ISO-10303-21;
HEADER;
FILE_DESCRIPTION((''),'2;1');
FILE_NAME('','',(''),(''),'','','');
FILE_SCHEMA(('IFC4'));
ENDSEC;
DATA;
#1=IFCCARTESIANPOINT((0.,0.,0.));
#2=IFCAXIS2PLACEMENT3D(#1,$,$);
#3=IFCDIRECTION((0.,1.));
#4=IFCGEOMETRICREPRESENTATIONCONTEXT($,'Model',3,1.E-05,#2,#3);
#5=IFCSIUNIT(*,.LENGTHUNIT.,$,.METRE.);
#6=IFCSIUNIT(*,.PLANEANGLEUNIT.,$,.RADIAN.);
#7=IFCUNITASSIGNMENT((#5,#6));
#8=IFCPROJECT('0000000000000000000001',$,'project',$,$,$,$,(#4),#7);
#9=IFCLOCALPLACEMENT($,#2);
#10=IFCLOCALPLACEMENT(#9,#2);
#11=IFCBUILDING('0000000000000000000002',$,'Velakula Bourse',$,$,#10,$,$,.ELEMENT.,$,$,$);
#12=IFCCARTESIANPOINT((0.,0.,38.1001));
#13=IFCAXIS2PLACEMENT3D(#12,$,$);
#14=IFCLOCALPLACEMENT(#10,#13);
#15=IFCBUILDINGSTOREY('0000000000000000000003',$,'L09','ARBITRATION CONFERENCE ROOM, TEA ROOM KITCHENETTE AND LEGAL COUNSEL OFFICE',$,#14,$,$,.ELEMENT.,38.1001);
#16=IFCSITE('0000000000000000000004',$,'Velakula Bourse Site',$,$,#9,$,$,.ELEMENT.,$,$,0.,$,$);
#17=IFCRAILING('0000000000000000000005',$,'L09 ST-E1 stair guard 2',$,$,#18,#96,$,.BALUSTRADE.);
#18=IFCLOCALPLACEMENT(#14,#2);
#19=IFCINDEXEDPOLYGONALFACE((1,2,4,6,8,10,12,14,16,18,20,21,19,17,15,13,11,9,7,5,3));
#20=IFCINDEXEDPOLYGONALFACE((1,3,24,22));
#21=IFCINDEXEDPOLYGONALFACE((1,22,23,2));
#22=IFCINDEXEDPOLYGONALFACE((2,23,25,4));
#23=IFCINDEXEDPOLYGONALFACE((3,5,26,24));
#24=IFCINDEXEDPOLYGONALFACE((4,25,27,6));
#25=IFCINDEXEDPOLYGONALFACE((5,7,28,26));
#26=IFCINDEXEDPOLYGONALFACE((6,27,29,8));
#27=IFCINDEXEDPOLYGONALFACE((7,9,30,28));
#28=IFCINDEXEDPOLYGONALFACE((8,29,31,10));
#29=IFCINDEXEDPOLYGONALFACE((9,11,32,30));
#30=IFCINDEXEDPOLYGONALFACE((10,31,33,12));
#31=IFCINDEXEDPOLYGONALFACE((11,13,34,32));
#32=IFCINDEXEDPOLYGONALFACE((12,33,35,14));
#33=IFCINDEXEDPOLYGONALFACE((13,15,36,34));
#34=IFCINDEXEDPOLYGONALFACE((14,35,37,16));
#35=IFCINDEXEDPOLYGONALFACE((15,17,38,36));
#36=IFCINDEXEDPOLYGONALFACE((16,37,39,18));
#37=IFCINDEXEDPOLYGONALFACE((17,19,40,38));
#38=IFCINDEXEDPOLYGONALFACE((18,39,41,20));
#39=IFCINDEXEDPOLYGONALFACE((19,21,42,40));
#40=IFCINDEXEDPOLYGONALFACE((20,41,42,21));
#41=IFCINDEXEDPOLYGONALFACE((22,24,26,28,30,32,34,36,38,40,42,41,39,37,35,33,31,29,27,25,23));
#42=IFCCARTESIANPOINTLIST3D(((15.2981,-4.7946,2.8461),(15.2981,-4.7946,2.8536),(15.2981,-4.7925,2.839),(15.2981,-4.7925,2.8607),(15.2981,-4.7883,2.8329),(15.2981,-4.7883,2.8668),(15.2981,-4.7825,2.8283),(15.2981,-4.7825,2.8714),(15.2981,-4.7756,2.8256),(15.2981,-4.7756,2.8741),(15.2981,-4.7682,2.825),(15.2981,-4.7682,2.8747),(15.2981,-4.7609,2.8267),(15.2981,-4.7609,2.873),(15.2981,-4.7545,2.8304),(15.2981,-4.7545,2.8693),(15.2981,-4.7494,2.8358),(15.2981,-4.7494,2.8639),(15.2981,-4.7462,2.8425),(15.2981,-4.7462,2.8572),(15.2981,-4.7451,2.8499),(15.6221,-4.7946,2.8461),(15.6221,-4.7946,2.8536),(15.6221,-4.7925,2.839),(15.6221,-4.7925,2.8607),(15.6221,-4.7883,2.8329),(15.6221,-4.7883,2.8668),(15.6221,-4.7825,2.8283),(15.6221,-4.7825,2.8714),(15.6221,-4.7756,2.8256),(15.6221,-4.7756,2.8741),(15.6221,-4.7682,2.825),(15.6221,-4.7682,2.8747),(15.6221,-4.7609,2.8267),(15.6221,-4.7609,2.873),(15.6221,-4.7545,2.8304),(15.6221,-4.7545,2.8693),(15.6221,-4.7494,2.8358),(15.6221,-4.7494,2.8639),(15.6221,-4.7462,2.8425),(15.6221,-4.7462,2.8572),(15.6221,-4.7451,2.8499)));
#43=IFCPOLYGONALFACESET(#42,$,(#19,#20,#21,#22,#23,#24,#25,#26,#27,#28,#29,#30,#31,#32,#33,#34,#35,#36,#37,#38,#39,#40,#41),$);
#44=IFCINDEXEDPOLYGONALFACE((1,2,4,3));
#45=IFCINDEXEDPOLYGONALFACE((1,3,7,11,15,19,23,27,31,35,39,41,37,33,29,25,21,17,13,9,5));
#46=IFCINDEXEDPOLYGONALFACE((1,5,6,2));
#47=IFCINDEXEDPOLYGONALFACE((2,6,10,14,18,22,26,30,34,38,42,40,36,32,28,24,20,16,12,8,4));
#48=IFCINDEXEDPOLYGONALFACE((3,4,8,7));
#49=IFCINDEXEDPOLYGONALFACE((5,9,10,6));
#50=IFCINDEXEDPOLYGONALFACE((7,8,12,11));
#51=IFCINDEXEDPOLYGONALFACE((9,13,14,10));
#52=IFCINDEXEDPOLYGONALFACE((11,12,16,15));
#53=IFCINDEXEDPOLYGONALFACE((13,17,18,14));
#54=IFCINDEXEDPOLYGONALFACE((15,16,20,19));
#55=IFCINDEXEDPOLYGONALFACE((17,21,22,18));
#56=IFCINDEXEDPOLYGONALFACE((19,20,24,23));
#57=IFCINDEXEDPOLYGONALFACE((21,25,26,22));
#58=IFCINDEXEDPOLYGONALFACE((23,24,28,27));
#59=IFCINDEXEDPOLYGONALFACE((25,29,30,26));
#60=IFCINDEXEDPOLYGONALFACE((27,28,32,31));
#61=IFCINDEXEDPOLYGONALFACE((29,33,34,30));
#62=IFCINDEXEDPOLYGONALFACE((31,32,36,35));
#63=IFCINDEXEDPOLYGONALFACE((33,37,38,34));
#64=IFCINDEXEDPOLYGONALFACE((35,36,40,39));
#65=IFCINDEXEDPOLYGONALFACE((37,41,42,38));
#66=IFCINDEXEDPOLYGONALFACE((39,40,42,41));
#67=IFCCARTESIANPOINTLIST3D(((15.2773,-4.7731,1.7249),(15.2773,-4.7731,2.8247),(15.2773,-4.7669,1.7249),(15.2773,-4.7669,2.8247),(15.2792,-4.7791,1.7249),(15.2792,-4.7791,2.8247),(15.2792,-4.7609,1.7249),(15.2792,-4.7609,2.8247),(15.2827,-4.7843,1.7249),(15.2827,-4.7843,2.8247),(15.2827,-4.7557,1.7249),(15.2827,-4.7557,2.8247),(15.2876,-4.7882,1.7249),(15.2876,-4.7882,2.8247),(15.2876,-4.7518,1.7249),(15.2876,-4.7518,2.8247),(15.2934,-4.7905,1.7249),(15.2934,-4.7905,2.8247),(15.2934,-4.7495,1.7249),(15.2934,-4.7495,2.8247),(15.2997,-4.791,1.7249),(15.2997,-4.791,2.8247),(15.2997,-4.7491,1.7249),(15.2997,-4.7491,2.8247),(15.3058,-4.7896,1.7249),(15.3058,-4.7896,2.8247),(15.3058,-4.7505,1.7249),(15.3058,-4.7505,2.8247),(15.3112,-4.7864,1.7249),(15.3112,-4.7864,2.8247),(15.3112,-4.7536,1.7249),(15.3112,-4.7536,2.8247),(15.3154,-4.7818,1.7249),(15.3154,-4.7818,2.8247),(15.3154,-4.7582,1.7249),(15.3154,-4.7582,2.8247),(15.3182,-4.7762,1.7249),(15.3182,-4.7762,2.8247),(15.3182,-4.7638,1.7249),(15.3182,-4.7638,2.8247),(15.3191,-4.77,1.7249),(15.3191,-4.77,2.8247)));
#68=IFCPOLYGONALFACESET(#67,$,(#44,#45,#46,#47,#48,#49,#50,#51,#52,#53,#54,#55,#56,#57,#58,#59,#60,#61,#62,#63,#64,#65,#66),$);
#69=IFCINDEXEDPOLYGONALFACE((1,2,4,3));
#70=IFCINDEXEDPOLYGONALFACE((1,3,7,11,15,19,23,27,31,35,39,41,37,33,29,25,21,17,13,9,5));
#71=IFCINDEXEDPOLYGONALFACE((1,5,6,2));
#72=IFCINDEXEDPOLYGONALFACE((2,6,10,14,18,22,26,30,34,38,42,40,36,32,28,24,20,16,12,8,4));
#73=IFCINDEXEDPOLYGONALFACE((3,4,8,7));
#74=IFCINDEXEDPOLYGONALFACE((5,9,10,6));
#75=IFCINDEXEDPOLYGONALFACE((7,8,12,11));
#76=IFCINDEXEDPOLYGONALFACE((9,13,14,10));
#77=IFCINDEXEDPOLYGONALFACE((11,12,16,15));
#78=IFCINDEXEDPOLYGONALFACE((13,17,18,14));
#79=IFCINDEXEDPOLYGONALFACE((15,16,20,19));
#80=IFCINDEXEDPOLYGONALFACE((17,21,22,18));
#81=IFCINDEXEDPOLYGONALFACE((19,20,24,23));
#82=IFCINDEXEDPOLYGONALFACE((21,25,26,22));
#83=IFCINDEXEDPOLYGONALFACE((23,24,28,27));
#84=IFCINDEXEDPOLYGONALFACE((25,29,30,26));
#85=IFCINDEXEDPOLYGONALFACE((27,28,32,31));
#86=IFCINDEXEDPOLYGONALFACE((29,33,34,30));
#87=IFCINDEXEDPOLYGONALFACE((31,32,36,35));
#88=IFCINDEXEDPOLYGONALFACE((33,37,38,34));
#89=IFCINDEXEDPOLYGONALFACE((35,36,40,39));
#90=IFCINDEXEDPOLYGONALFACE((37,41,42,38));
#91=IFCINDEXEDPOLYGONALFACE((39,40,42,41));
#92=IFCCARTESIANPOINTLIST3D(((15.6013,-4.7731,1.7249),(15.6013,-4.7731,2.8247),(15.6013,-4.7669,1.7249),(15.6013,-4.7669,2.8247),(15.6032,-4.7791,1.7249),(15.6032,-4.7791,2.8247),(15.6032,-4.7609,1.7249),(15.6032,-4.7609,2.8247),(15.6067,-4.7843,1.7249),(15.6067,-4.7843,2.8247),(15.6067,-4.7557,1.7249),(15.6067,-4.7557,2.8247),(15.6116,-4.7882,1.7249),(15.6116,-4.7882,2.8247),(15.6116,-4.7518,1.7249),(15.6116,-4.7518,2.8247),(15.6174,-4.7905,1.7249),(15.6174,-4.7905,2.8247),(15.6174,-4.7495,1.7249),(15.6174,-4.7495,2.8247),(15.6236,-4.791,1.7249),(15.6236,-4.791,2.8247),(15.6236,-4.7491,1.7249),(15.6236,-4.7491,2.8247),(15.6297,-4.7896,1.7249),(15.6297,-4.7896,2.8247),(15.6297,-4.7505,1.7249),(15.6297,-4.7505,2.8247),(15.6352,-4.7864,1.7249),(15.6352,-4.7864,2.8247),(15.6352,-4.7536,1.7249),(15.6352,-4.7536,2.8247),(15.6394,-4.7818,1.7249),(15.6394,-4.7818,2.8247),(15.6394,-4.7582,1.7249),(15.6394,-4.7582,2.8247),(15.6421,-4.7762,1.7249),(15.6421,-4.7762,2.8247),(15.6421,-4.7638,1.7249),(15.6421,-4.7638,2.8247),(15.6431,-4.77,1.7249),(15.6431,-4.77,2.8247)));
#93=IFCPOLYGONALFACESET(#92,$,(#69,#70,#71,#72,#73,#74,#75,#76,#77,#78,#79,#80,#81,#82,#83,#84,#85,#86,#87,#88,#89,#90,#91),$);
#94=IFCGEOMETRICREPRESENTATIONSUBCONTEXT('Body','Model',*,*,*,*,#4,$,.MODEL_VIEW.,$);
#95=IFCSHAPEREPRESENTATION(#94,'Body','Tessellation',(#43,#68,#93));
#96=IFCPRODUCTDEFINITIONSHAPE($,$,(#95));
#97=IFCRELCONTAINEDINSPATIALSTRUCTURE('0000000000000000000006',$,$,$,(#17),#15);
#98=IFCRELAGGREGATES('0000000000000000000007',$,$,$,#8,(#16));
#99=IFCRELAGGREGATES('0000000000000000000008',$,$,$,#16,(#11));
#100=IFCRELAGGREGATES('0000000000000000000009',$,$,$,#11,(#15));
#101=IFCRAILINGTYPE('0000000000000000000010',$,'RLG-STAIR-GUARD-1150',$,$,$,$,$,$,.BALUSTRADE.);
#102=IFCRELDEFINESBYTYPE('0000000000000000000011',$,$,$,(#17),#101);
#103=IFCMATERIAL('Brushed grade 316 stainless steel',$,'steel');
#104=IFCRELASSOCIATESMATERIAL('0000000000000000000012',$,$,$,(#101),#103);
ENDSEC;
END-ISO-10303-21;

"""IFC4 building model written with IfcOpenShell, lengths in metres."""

from ifc_helpers import new_model, si_unit, direction, frame, origin, origin_2d, place, context, subcontext, project, spatial, circle, extrude, material, type_object, element, save


model = new_model("IFC4")

# Units and contexts
model_context = context("Model", 3, precision=1e-05, world=origin(), true_north=direction((0.0, 1.0)))
body_context = subcontext(model_context, "Body", "Model", "MODEL_VIEW")
ifc_project = project(units=[si_unit("LENGTHUNIT", "METRE"), si_unit("PLANEANGLEUNIT", "RADIAN")], contexts=[model_context])

# Site, building, storey
site_placement = place(None, origin())
site = spatial("IfcSite", under=ifc_project, at=site_placement, Name="Velakula Bourse Site", CompositionType="ELEMENT", RefElevation=0.0)
building_placement = place(site_placement, origin())
building = spatial("IfcBuilding", under=site, at=building_placement, Name="Velakula Bourse", CompositionType="ELEMENT")
storey_placement = place(building_placement, frame((0.0, 0.0, 38.1001)))
storey = spatial("IfcBuildingStorey", under=building, at=storey_placement, Name="L09", Description="ARBITRATION CONFERENCE ROOM, TEA ROOM KITCHENETTE AND LEGAL COUNSEL OFFICE", CompositionType="ELEMENT", Elevation=38.1001)

# Shared definitions
ifc_material_1 = material(Name="Brushed grade 316 stainless steel", Category="steel")

# Railing
railing_type_1 = type_object("IfcRailingType", Name="RLG-STAIR-GUARD-1150", PredefinedType="BALUSTRADE", material=ifc_material_1)
railing_1_placement = place(storey_placement, frame((15.2981, -4.77, 1.7249)))
element("IfcRailing", 1, at=railing_1_placement, inside=storey, type_object=railing_type_1, Name="L09 ST-E1 stair guard 2", PredefinedType="BALUSTRADE", context=body_context, shape_type="SweptSolid", body=[
    extrude(circle(Radius=0.0249, at=origin_2d()), frame((0.0, 0.0, 1.125), z_axis=(1.0, 0.0, 0.0), x_axis=(0.0, 1.0, 0.0)), (0.0, 0.0, 1.0), 0.324),
    extrude(circle(Radius=0.021, at=origin_2d()), origin(), (0.0, 0.0, 1.0), 1.0999),
    extrude(circle(Radius=0.021, at=origin_2d()), frame((0.324, 0.0, 0.0)), (0.0, 0.0, 1.0), 1.0999),
])

save(model, "model.ifc")
